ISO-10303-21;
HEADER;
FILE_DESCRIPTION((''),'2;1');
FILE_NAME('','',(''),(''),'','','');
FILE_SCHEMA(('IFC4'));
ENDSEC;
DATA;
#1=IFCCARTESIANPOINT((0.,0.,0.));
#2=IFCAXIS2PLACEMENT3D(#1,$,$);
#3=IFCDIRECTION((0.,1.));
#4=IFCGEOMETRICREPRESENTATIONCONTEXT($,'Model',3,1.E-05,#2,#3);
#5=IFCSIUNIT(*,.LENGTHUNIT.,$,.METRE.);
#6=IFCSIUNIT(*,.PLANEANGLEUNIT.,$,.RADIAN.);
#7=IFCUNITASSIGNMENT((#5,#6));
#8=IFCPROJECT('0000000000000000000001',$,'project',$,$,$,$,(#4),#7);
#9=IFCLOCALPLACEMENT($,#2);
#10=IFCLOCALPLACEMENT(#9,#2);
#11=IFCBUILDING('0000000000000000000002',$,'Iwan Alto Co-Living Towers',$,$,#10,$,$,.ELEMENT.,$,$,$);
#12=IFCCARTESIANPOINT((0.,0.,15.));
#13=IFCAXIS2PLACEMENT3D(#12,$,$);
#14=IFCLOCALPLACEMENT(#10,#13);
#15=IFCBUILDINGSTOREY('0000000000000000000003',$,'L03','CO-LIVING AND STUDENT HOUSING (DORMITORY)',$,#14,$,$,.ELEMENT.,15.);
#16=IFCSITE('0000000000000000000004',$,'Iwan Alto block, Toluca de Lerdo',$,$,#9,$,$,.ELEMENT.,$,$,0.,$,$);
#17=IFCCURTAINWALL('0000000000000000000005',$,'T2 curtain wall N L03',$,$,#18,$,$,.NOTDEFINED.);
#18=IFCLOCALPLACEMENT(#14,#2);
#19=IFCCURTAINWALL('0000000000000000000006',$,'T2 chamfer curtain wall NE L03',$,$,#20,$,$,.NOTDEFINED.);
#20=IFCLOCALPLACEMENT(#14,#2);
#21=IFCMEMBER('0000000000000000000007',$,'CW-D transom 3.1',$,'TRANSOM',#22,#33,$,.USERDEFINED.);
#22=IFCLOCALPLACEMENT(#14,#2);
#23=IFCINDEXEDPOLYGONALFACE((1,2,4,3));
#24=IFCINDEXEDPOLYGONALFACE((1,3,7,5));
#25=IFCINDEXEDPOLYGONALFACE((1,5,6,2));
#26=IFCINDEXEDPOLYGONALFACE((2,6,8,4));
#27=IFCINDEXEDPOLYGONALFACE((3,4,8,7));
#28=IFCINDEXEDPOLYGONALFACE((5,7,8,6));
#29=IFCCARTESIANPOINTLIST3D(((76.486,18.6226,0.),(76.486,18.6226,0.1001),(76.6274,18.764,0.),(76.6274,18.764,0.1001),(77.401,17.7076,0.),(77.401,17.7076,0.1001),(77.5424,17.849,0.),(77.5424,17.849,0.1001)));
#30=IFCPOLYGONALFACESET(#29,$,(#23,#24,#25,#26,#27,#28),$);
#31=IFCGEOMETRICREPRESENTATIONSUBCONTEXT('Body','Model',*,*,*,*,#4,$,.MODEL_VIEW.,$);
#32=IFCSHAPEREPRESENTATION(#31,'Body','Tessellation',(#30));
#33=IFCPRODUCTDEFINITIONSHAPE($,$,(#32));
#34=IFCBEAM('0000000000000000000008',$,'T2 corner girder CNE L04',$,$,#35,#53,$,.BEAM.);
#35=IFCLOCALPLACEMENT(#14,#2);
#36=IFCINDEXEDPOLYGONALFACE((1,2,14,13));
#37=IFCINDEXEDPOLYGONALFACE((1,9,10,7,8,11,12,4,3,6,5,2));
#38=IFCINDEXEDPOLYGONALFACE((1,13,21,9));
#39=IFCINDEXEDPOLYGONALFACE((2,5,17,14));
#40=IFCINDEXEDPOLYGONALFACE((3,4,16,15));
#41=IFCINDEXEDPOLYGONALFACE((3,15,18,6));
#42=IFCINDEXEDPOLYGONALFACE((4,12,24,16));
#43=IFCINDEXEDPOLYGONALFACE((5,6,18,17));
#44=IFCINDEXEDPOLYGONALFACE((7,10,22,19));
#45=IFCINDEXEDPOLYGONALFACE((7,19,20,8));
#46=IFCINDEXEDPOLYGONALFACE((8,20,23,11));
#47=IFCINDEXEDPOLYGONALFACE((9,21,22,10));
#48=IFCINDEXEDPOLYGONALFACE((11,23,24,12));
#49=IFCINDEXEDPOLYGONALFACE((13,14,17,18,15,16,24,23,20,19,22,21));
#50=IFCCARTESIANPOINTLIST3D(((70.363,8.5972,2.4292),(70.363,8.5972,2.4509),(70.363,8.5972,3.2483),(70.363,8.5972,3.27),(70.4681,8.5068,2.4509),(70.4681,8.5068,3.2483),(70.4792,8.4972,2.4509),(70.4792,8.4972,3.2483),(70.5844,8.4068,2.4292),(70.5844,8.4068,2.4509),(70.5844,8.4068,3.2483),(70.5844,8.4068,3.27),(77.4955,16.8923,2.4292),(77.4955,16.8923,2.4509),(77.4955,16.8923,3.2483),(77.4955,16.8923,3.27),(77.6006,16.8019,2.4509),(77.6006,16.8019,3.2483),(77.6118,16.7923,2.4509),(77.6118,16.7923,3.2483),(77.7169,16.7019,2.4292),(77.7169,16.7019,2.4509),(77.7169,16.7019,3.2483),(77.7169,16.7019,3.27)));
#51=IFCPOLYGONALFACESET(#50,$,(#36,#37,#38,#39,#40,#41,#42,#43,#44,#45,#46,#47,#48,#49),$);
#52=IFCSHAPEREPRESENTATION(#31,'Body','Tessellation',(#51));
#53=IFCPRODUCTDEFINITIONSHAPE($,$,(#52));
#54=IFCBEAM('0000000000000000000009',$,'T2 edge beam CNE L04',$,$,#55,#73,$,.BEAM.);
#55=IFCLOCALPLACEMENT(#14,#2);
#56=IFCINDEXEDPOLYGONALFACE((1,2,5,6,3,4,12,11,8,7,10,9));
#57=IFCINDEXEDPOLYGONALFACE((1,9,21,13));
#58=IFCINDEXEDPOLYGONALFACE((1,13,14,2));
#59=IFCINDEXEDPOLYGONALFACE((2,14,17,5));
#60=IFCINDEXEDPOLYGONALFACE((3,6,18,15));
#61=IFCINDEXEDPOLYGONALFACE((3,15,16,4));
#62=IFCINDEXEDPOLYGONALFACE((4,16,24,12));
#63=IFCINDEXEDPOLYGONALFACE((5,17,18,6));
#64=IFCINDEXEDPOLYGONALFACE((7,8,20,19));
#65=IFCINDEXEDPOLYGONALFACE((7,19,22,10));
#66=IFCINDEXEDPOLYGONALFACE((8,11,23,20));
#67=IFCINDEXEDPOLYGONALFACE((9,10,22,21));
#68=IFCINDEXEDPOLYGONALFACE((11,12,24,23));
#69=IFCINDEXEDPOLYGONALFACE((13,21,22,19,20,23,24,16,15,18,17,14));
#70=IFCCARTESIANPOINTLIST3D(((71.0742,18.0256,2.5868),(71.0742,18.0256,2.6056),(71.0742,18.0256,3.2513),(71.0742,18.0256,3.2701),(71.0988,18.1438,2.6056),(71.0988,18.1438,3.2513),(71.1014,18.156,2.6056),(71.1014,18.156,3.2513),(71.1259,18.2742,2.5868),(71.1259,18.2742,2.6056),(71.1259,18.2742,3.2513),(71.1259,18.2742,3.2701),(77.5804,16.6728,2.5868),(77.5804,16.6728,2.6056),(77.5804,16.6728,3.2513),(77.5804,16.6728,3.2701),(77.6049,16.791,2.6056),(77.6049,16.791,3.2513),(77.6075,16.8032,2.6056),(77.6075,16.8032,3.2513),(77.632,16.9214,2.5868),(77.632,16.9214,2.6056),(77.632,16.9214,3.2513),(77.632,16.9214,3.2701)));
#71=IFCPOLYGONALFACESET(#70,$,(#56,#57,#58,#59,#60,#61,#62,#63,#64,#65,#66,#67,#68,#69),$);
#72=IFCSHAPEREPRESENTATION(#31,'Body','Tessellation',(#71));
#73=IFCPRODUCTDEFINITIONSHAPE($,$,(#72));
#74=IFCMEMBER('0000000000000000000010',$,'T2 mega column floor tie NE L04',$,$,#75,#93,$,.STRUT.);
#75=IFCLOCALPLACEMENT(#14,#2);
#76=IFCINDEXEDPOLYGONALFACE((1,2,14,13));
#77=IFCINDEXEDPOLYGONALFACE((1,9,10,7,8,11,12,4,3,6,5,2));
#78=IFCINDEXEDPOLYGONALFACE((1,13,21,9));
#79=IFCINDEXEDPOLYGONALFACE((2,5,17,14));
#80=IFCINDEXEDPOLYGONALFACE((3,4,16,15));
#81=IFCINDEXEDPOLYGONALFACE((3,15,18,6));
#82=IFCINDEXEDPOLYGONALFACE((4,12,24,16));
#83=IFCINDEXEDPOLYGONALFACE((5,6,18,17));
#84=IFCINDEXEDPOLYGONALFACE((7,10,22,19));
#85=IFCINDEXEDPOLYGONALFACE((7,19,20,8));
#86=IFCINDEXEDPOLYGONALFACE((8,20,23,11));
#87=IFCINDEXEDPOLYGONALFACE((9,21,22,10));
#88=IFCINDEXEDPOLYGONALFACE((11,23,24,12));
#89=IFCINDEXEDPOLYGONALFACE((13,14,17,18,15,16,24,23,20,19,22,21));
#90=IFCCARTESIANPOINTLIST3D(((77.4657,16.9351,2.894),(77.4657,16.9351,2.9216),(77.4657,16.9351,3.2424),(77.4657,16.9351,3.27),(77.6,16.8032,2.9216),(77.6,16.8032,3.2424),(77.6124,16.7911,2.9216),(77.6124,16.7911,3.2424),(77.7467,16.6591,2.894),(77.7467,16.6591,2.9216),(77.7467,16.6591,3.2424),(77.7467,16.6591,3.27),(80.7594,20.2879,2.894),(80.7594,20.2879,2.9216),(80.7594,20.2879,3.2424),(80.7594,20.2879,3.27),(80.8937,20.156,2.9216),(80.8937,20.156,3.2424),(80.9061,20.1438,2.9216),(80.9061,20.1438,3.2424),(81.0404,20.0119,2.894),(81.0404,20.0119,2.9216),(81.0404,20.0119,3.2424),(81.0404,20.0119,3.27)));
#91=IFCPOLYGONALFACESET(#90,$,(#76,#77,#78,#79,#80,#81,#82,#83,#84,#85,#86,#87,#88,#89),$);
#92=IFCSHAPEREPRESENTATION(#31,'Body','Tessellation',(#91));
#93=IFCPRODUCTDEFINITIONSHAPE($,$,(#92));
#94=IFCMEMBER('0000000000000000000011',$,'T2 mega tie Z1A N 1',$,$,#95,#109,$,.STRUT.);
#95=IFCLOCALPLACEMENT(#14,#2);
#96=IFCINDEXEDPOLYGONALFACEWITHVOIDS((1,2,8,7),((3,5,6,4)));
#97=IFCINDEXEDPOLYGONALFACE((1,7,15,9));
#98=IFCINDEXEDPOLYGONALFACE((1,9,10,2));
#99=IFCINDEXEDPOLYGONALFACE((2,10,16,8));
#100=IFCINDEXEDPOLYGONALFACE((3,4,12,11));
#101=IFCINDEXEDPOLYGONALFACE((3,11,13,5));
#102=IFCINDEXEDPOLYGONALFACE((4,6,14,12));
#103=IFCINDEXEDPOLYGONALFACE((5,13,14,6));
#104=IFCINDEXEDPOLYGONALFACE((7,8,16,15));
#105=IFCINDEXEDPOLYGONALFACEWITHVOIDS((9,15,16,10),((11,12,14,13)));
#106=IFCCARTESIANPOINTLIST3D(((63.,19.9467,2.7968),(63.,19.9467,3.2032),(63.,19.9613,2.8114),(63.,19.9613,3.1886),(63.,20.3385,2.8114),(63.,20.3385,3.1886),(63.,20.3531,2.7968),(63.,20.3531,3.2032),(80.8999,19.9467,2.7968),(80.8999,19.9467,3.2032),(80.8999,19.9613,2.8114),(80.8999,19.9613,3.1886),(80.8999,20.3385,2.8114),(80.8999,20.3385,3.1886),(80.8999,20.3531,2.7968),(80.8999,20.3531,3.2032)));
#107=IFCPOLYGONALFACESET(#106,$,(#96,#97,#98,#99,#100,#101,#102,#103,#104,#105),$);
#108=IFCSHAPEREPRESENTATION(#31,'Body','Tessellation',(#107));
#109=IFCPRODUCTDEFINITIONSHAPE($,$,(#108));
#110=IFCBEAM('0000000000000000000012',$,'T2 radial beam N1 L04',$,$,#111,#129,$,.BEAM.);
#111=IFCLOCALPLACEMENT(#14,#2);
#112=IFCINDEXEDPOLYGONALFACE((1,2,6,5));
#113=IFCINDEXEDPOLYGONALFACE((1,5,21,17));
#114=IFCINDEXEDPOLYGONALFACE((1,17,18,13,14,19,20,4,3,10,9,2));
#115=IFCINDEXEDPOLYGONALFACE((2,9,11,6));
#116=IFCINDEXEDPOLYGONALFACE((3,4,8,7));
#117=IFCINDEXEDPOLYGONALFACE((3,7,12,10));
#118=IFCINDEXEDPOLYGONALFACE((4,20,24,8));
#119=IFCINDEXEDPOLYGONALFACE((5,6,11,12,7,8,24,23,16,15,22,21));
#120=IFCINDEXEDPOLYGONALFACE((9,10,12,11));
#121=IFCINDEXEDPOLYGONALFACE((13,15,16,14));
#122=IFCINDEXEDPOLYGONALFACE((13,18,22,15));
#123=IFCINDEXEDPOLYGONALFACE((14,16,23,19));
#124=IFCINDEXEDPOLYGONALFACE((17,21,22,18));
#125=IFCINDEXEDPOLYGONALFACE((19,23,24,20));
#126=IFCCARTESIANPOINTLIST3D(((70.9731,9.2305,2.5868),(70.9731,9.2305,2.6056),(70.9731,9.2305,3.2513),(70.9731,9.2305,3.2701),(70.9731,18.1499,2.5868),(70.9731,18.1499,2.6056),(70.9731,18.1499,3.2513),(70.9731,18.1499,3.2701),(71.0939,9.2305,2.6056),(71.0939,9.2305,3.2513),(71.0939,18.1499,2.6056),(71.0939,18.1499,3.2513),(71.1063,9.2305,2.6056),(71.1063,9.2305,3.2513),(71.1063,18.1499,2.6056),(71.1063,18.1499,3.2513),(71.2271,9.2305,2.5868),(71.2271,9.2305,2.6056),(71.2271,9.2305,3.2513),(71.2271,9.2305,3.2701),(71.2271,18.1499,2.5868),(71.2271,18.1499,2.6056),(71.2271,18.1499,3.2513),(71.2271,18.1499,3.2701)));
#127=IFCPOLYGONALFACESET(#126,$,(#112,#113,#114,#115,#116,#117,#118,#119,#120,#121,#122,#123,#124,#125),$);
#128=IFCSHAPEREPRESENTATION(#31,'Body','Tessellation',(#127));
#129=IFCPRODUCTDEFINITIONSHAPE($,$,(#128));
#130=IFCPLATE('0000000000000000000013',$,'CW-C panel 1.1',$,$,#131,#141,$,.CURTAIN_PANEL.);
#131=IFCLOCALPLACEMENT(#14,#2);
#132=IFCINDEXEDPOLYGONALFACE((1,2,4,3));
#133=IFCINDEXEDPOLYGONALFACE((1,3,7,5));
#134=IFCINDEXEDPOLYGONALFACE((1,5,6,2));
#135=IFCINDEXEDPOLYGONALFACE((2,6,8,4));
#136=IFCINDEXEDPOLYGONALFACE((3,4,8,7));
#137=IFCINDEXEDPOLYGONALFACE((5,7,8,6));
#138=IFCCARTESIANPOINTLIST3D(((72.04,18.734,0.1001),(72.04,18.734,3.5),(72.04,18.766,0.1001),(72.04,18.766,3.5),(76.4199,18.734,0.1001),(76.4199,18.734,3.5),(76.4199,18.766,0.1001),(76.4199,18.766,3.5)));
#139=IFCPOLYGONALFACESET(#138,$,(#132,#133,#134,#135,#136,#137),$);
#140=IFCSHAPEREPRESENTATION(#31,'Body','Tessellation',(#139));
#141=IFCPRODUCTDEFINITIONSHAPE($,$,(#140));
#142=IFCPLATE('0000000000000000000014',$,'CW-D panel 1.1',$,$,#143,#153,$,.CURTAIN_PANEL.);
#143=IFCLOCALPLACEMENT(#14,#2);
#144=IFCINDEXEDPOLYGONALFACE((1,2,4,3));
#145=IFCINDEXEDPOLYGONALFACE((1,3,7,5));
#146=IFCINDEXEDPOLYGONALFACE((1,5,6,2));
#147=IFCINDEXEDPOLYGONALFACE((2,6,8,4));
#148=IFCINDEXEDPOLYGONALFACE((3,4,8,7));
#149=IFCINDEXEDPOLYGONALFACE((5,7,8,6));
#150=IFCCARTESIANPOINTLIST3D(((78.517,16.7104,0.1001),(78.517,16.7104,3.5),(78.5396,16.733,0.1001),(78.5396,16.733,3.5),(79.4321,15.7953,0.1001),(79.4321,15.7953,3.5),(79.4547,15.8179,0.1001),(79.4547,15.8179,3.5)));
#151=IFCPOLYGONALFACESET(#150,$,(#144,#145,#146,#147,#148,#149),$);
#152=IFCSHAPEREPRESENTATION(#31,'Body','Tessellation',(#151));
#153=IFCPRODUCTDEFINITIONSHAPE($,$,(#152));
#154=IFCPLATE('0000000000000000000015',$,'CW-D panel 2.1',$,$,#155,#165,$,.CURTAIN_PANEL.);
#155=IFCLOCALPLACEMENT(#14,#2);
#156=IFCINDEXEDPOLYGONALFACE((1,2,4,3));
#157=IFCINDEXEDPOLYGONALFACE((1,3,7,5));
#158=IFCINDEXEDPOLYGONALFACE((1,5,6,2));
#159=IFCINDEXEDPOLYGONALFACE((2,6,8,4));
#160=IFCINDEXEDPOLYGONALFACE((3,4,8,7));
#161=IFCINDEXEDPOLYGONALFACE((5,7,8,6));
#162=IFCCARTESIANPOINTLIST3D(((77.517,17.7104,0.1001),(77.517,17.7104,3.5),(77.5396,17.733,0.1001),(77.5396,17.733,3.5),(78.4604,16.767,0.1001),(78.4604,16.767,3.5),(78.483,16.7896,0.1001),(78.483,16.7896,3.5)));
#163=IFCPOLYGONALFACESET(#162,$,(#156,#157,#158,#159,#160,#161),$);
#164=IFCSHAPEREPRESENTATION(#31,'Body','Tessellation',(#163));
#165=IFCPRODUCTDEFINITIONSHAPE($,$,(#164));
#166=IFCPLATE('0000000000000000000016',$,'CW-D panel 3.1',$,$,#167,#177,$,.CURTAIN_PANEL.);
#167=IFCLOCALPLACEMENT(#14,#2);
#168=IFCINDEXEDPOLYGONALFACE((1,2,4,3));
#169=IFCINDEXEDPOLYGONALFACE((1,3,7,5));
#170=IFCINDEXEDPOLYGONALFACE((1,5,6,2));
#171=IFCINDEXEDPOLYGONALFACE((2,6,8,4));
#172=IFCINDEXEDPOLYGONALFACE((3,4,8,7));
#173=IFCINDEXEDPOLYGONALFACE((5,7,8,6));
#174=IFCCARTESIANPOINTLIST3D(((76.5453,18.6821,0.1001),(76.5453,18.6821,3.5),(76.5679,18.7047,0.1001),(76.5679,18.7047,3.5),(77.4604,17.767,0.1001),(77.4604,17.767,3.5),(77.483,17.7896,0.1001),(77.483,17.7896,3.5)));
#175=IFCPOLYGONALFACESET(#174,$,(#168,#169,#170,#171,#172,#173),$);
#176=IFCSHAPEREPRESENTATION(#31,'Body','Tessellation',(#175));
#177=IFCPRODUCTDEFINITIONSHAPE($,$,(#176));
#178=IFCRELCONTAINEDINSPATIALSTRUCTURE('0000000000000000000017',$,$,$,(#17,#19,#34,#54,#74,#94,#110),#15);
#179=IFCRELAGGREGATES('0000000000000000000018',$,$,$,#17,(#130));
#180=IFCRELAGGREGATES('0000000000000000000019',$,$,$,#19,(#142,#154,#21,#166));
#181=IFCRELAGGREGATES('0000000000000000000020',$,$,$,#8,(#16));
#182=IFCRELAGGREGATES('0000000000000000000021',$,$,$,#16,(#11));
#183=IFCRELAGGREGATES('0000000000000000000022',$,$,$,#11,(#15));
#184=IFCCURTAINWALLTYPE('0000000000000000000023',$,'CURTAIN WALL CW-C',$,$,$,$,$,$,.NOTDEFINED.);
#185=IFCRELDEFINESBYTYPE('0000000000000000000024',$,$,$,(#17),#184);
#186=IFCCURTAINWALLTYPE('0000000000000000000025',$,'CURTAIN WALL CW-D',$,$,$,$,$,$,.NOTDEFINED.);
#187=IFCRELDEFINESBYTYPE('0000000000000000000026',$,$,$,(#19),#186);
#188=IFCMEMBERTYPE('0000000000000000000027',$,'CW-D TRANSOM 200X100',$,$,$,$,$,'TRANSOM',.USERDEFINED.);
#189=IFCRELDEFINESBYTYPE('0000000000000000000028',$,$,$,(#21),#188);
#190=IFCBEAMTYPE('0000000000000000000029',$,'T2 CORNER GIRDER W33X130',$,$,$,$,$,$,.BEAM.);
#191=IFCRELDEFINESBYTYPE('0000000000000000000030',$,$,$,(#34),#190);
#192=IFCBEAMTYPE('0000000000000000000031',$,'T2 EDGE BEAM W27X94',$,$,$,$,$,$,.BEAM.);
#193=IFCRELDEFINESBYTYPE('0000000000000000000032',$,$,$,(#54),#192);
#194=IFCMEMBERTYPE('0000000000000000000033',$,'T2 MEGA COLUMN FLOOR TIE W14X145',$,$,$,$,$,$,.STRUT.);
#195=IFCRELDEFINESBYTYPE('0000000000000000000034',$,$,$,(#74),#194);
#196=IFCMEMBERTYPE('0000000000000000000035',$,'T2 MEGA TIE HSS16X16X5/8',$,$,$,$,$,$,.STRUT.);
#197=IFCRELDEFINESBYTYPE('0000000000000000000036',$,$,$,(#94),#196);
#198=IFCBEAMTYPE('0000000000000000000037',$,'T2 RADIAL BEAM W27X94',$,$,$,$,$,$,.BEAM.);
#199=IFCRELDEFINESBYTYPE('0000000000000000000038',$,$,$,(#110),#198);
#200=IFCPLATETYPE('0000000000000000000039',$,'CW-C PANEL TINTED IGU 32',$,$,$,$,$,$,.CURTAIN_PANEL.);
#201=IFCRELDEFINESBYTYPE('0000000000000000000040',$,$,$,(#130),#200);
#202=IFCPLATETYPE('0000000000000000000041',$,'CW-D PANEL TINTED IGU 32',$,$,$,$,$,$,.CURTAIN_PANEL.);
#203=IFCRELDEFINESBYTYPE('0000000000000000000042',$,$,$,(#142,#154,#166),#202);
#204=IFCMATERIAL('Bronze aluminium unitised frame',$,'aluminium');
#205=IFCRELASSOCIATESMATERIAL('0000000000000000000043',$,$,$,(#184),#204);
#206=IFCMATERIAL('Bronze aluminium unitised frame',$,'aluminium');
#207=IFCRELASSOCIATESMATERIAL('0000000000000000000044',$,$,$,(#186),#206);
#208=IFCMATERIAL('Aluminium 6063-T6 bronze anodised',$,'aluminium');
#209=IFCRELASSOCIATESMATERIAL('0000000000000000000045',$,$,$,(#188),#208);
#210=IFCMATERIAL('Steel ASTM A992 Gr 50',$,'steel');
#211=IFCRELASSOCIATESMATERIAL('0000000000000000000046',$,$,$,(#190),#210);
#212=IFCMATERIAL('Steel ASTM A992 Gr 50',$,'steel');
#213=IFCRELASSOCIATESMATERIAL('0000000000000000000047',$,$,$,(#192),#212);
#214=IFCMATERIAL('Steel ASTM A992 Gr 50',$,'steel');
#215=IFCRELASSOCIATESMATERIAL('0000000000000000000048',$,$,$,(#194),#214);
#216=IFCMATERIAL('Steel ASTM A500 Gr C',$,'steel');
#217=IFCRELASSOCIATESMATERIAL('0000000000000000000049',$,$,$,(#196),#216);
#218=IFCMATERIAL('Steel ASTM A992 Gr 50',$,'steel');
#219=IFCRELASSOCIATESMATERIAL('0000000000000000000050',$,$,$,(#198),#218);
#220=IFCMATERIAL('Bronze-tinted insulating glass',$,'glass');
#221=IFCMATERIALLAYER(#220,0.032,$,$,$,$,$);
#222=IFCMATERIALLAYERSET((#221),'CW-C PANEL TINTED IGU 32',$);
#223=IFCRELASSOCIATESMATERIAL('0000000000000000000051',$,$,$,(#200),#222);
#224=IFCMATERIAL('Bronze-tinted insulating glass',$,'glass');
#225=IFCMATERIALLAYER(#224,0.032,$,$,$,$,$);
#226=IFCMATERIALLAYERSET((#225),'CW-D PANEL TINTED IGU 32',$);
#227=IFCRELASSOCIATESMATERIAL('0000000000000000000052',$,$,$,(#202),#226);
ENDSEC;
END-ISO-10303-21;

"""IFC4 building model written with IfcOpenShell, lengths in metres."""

from ifc_helpers import new_model, si_unit, direction, frame, origin, origin_2d, place, context, subcontext, project, spatial, rectangle, hollow_rectangle, i_section, extrude, material, layer, layer_set, material_profile, profile_set, type_object, element, aggregate, save


model = new_model("IFC4")

# Units and contexts
model_context = context("Model", 3, precision=1e-05, world=origin(), true_north=direction((0.0, 1.0)))
body_context = subcontext(model_context, "Body", "Model", "MODEL_VIEW")
ifc_project = project(units=[si_unit("LENGTHUNIT", "METRE"), si_unit("PLANEANGLEUNIT", "RADIAN")], contexts=[model_context])

# Site, building, storey
site_placement = place(None, origin())
site = spatial("IfcSite", under=ifc_project, at=site_placement, Name="Iwan Alto block, Toluca de Lerdo", CompositionType="ELEMENT", RefElevation=0.0)
building_placement = place(site_placement, origin())
building = spatial("IfcBuilding", under=site, at=building_placement, Name="Iwan Alto Co-Living Towers", CompositionType="ELEMENT")
storey_placement = place(building_placement, frame((0.0, 0.0, 15.0)))
storey = spatial("IfcBuildingStorey", under=building, at=storey_placement, Name="L03", Description="CO-LIVING AND STUDENT HOUSING (DORMITORY)", CompositionType="ELEMENT", Elevation=15.0)

# Curtain walls, member
ifc_material_1 = material(Name="Bronze aluminium unitised frame", Category="aluminium")
curtain_wall_type_1 = type_object("IfcCurtainWallType", Name="CURTAIN WALL CW-C", PredefinedType="NOTDEFINED", material=ifc_material_1)
curtain_wall_1_placement = place(storey_placement, origin())
curtain_wall_1 = element("IfcCurtainWall", 1, at=curtain_wall_1_placement, inside=storey, type_object=curtain_wall_type_1, Name="T2 curtain wall N L03", PredefinedType="NOTDEFINED")
ifc_material_2 = material(Name="Bronze aluminium unitised frame", Category="aluminium")
curtain_wall_type_2 = type_object("IfcCurtainWallType", Name="CURTAIN WALL CW-D", PredefinedType="NOTDEFINED", material=ifc_material_2)
curtain_wall_2_placement = place(storey_placement, origin())
curtain_wall_2 = element("IfcCurtainWall", 2, at=curtain_wall_2_placement, inside=storey, type_object=curtain_wall_type_2, Name="T2 chamfer curtain wall NE L03", PredefinedType="NOTDEFINED")
ifc_material_3 = material(Name="Aluminium 6063-T6 bronze anodised", Category="aluminium")
ifc_material_profile_1 = material_profile(ifc_material_3, rectangle(XDim=0.2, YDim=0.1001, at=origin_2d()), Name="AL 200X100")
ifc_profile_set_1 = profile_set([ifc_material_profile_1], Name="Aluminium 6063-T6 bronze anodised")
member_type_1 = type_object("IfcMemberType", Name="CW-D TRANSOM 200X100", ElementType="TRANSOM", PredefinedType="USERDEFINED", material=ifc_profile_set_1)
member_1_placement = place(storey_placement, frame((77.4717, 17.7783, 0.05), z_axis=(-0.707107, 0.707107, 0.0), x_axis=(-0.707107, -0.707107, 0.0)))
member_1 = element("IfcMember", 3, at=member_1_placement, type_object=member_type_1, Name="CW-D transom 3.1", ObjectType="TRANSOM", PredefinedType="USERDEFINED", context=body_context, shape_type="SweptSolid", body=[
    extrude(rectangle(XDim=0.2, YDim=0.1001, at=origin_2d()), origin(), (0.0, 0.0, 1.0), 1.2939),
])

# Beams
ifc_material_4 = material(Name="Steel ASTM A992 Gr 50", Category="steel")
ifc_material_profile_2 = material_profile(ifc_material_4, i_section(OverallWidth=0.292, OverallDepth=0.8408, WebThickness=0.0146, FlangeThickness=0.0217, at=origin_2d()), Name="W33X130")
ifc_profile_set_2 = profile_set([ifc_material_profile_2], Name="Steel ASTM A992 Gr 50")
beam_type_1 = type_object("IfcBeamType", Name="T2 CORNER GIRDER W33X130", PredefinedType="BEAM", material=ifc_profile_set_2)
beam_1_placement = place(storey_placement, frame((77.6062, 16.7971, 2.8496), z_axis=(-0.651972, -0.758243, 0.0), x_axis=(0.758243, -0.651972, 0.0)))
element("IfcBeam", 4, at=beam_1_placement, inside=storey, type_object=beam_type_1, Name="T2 corner girder CNE L04", PredefinedType="BEAM", context=body_context, shape_type="SweptSolid", body=[
    extrude(i_section(OverallWidth=0.292, OverallDepth=0.8408, WebThickness=0.0146, FlangeThickness=0.0217, at=origin_2d()), origin(), (0.0, 0.0, 1.0), 10.9399),
])
ifc_material_5 = material(Name="Steel ASTM A992 Gr 50", Category="steel")
ifc_material_profile_3 = material_profile(ifc_material_5, i_section(OverallWidth=0.2539, OverallDepth=0.6833, WebThickness=0.0125, FlangeThickness=0.0188, at=origin_2d()), Name="W27X94")
ifc_profile_set_3 = profile_set([ifc_material_profile_3], Name="Steel ASTM A992 Gr 50")
beam_type_2 = type_object("IfcBeamType", Name="T2 EDGE BEAM W27X94", PredefinedType="BEAM", material=ifc_profile_set_3)
beam_2_placement = place(storey_placement, frame((77.6062, 16.7971, 2.9285), z_axis=(-0.97906, 0.203571, 0.0), x_axis=(-0.203571, -0.97906, 0.0)))
element("IfcBeam", 5, at=beam_2_placement, inside=storey, type_object=beam_type_2, Name="T2 edge beam CNE L04", PredefinedType="BEAM", context=body_context, shape_type="SweptSolid", body=[
    extrude(i_section(OverallWidth=0.2539, OverallDepth=0.6833, WebThickness=0.0125, FlangeThickness=0.0188, at=origin_2d()), origin(), (0.0, 0.0, 1.0), 6.6453),
])

# Members
ifc_material_6 = material(Name="Steel ASTM A992 Gr 50", Category="steel")
ifc_material_profile_4 = material_profile(ifc_material_6, i_section(OverallWidth=0.3938, OverallDepth=0.376, WebThickness=0.0173, FlangeThickness=0.0276, at=origin_2d()), Name="W14X145")
ifc_profile_set_4 = profile_set([ifc_material_profile_4], Name="Steel ASTM A992 Gr 50")
member_type_2 = type_object("IfcMemberType", Name="T2 MEGA COLUMN FLOOR TIE W14X145", PredefinedType="STRUT", material=ifc_profile_set_4)
member_2_placement = place(storey_placement, frame((80.8999, 20.1499, 3.082), z_axis=(-0.700793, -0.713364, 0.0), x_axis=(0.713364, -0.700793, 0.0)))
element("IfcMember", 6, at=member_2_placement, inside=storey, type_object=member_type_2, Name="T2 mega column floor tie NE L04", PredefinedType="STRUT", context=body_context, shape_type="SweptSolid", body=[
    extrude(i_section(OverallWidth=0.3938, OverallDepth=0.376, WebThickness=0.0173, FlangeThickness=0.0276, at=origin_2d()), origin(), (0.0, 0.0, 1.0), 4.7),
])
ifc_material_7 = material(Name="Steel ASTM A500 Gr C", Category="steel")
ifc_material_profile_5 = material_profile(ifc_material_7, hollow_rectangle(XDim=0.4065, YDim=0.4065, WallThickness=0.0146, at=origin_2d()), Name="HSS16X16X5/8")
ifc_profile_set_5 = profile_set([ifc_material_profile_5], Name="Steel ASTM A500 Gr C")
member_type_3 = type_object("IfcMemberType", Name="T2 MEGA TIE HSS16X16X5/8", PredefinedType="STRUT", material=ifc_profile_set_5)
member_3_placement = place(storey_placement, frame((80.8999, 20.1499, 3.0), z_axis=(-1.0, 0.0, 0.0), x_axis=(0.0, -1.0, 0.0)))
element("IfcMember", 7, at=member_3_placement, inside=storey, type_object=member_type_3, Name="T2 mega tie Z1A N 1", PredefinedType="STRUT", context=body_context, shape_type="SweptSolid", body=[
    extrude(hollow_rectangle(XDim=0.4065, YDim=0.4065, WallThickness=0.0146, at=origin_2d()), origin(), (0.0, 0.0, 1.0), 17.8999),
])

# Beam
ifc_material_8 = material(Name="Steel ASTM A992 Gr 50", Category="steel")
ifc_material_profile_6 = material_profile(ifc_material_8, i_section(OverallWidth=0.2539, OverallDepth=0.6833, WebThickness=0.0125, FlangeThickness=0.0188, at=origin_2d()), Name="W27X94")
ifc_profile_set_6 = profile_set([ifc_material_profile_6], Name="Steel ASTM A992 Gr 50")
beam_type_3 = type_object("IfcBeamType", Name="T2 RADIAL BEAM W27X94", PredefinedType="BEAM", material=ifc_profile_set_6)
beam_3_placement = place(storey_placement, frame((71.1001, 18.1499, 2.9285), z_axis=(0.0, -1.0, 0.0), x_axis=(1.0, 0.0, 0.0)))
element("IfcBeam", 8, at=beam_3_placement, inside=storey, type_object=beam_type_3, Name="T2 radial beam N1 L04", PredefinedType="BEAM", context=body_context, shape_type="SweptSolid", body=[
    extrude(i_section(OverallWidth=0.2539, OverallDepth=0.6833, WebThickness=0.0125, FlangeThickness=0.0188, at=origin_2d()), origin(), (0.0, 0.0, 1.0), 8.9194),
])

# Plates
ifc_material_9 = material(Name="Bronze-tinted insulating glass", Category="glass")
ifc_layer_1 = layer(ifc_material_9, 0.032)
ifc_layer_set_1 = layer_set([ifc_layer_1], Name="CW-C PANEL TINTED IGU 32")
plate_type_1 = type_object("IfcPlateType", Name="CW-C PANEL TINTED IGU 32", PredefinedType="CURTAIN_PANEL", material=ifc_layer_set_1)
plate_1_placement = place(storey_placement, frame((74.23, 18.75, 0.1001), z_axis=(0.0, 0.0, 1.0), x_axis=(-1.0, 0.0, 0.0)))
plate_1 = element("IfcPlate", 9, at=plate_1_placement, type_object=plate_type_1, Name="CW-C panel 1.1", PredefinedType="CURTAIN_PANEL", context=body_context, shape_type="SweptSolid", body=[
    extrude(rectangle(XDim=4.3799, YDim=0.032, at=origin_2d()), origin(), (0.0, 0.0, 1.0), 3.3999),
])
aggregate(curtain_wall_1, [plate_1])
ifc_material_10 = material(Name="Bronze-tinted insulating glass", Category="glass")
ifc_layer_2 = layer(ifc_material_10, 0.032)
ifc_layer_set_2 = layer_set([ifc_layer_2], Name="CW-D PANEL TINTED IGU 32")
plate_type_2 = type_object("IfcPlateType", Name="CW-D PANEL TINTED IGU 32", PredefinedType="CURTAIN_PANEL", material=ifc_layer_set_2)
plate_2_placement = place(storey_placement, frame((78.9858, 16.2642, 0.1001), z_axis=(0.0, 0.0, 1.0), x_axis=(-0.707107, 0.707107, 0.0)))
plate_2 = element("IfcPlate", 10, at=plate_2_placement, type_object=plate_type_2, Name="CW-D panel 1.1", PredefinedType="CURTAIN_PANEL", context=body_context, shape_type="SweptSolid", body=[
    extrude(rectangle(XDim=1.2942, YDim=0.032, at=origin_2d()), origin(), (0.0, 0.0, 1.0), 3.3999),
])
plate_3_placement = place(storey_placement, frame((78.0, 17.25, 0.1001), z_axis=(0.0, 0.0, 1.0), x_axis=(-0.707107, 0.707107, 0.0)))
plate_3 = element("IfcPlate", 11, at=plate_3_placement, type_object=plate_type_2, Name="CW-D panel 2.1", PredefinedType="CURTAIN_PANEL", context=body_context, shape_type="SweptSolid", body=[
    extrude(rectangle(XDim=1.3342, YDim=0.032, at=origin_2d()), origin(), (0.0, 0.0, 1.0), 3.3999),
])
plate_4_placement = place(storey_placement, frame((77.0142, 18.2358, 0.1001), z_axis=(0.0, 0.0, 1.0), x_axis=(-0.707107, 0.707107, 0.0)))
plate_4 = element("IfcPlate", 12, at=plate_4_placement, type_object=plate_type_2, Name="CW-D panel 3.1", PredefinedType="CURTAIN_PANEL", context=body_context, shape_type="SweptSolid", body=[
    extrude(rectangle(XDim=1.2942, YDim=0.032, at=origin_2d()), origin(), (0.0, 0.0, 1.0), 3.3999),
])
aggregate(curtain_wall_2, [plate_2, plate_3, member_1, plate_4])

save(model, "model.ifc")
